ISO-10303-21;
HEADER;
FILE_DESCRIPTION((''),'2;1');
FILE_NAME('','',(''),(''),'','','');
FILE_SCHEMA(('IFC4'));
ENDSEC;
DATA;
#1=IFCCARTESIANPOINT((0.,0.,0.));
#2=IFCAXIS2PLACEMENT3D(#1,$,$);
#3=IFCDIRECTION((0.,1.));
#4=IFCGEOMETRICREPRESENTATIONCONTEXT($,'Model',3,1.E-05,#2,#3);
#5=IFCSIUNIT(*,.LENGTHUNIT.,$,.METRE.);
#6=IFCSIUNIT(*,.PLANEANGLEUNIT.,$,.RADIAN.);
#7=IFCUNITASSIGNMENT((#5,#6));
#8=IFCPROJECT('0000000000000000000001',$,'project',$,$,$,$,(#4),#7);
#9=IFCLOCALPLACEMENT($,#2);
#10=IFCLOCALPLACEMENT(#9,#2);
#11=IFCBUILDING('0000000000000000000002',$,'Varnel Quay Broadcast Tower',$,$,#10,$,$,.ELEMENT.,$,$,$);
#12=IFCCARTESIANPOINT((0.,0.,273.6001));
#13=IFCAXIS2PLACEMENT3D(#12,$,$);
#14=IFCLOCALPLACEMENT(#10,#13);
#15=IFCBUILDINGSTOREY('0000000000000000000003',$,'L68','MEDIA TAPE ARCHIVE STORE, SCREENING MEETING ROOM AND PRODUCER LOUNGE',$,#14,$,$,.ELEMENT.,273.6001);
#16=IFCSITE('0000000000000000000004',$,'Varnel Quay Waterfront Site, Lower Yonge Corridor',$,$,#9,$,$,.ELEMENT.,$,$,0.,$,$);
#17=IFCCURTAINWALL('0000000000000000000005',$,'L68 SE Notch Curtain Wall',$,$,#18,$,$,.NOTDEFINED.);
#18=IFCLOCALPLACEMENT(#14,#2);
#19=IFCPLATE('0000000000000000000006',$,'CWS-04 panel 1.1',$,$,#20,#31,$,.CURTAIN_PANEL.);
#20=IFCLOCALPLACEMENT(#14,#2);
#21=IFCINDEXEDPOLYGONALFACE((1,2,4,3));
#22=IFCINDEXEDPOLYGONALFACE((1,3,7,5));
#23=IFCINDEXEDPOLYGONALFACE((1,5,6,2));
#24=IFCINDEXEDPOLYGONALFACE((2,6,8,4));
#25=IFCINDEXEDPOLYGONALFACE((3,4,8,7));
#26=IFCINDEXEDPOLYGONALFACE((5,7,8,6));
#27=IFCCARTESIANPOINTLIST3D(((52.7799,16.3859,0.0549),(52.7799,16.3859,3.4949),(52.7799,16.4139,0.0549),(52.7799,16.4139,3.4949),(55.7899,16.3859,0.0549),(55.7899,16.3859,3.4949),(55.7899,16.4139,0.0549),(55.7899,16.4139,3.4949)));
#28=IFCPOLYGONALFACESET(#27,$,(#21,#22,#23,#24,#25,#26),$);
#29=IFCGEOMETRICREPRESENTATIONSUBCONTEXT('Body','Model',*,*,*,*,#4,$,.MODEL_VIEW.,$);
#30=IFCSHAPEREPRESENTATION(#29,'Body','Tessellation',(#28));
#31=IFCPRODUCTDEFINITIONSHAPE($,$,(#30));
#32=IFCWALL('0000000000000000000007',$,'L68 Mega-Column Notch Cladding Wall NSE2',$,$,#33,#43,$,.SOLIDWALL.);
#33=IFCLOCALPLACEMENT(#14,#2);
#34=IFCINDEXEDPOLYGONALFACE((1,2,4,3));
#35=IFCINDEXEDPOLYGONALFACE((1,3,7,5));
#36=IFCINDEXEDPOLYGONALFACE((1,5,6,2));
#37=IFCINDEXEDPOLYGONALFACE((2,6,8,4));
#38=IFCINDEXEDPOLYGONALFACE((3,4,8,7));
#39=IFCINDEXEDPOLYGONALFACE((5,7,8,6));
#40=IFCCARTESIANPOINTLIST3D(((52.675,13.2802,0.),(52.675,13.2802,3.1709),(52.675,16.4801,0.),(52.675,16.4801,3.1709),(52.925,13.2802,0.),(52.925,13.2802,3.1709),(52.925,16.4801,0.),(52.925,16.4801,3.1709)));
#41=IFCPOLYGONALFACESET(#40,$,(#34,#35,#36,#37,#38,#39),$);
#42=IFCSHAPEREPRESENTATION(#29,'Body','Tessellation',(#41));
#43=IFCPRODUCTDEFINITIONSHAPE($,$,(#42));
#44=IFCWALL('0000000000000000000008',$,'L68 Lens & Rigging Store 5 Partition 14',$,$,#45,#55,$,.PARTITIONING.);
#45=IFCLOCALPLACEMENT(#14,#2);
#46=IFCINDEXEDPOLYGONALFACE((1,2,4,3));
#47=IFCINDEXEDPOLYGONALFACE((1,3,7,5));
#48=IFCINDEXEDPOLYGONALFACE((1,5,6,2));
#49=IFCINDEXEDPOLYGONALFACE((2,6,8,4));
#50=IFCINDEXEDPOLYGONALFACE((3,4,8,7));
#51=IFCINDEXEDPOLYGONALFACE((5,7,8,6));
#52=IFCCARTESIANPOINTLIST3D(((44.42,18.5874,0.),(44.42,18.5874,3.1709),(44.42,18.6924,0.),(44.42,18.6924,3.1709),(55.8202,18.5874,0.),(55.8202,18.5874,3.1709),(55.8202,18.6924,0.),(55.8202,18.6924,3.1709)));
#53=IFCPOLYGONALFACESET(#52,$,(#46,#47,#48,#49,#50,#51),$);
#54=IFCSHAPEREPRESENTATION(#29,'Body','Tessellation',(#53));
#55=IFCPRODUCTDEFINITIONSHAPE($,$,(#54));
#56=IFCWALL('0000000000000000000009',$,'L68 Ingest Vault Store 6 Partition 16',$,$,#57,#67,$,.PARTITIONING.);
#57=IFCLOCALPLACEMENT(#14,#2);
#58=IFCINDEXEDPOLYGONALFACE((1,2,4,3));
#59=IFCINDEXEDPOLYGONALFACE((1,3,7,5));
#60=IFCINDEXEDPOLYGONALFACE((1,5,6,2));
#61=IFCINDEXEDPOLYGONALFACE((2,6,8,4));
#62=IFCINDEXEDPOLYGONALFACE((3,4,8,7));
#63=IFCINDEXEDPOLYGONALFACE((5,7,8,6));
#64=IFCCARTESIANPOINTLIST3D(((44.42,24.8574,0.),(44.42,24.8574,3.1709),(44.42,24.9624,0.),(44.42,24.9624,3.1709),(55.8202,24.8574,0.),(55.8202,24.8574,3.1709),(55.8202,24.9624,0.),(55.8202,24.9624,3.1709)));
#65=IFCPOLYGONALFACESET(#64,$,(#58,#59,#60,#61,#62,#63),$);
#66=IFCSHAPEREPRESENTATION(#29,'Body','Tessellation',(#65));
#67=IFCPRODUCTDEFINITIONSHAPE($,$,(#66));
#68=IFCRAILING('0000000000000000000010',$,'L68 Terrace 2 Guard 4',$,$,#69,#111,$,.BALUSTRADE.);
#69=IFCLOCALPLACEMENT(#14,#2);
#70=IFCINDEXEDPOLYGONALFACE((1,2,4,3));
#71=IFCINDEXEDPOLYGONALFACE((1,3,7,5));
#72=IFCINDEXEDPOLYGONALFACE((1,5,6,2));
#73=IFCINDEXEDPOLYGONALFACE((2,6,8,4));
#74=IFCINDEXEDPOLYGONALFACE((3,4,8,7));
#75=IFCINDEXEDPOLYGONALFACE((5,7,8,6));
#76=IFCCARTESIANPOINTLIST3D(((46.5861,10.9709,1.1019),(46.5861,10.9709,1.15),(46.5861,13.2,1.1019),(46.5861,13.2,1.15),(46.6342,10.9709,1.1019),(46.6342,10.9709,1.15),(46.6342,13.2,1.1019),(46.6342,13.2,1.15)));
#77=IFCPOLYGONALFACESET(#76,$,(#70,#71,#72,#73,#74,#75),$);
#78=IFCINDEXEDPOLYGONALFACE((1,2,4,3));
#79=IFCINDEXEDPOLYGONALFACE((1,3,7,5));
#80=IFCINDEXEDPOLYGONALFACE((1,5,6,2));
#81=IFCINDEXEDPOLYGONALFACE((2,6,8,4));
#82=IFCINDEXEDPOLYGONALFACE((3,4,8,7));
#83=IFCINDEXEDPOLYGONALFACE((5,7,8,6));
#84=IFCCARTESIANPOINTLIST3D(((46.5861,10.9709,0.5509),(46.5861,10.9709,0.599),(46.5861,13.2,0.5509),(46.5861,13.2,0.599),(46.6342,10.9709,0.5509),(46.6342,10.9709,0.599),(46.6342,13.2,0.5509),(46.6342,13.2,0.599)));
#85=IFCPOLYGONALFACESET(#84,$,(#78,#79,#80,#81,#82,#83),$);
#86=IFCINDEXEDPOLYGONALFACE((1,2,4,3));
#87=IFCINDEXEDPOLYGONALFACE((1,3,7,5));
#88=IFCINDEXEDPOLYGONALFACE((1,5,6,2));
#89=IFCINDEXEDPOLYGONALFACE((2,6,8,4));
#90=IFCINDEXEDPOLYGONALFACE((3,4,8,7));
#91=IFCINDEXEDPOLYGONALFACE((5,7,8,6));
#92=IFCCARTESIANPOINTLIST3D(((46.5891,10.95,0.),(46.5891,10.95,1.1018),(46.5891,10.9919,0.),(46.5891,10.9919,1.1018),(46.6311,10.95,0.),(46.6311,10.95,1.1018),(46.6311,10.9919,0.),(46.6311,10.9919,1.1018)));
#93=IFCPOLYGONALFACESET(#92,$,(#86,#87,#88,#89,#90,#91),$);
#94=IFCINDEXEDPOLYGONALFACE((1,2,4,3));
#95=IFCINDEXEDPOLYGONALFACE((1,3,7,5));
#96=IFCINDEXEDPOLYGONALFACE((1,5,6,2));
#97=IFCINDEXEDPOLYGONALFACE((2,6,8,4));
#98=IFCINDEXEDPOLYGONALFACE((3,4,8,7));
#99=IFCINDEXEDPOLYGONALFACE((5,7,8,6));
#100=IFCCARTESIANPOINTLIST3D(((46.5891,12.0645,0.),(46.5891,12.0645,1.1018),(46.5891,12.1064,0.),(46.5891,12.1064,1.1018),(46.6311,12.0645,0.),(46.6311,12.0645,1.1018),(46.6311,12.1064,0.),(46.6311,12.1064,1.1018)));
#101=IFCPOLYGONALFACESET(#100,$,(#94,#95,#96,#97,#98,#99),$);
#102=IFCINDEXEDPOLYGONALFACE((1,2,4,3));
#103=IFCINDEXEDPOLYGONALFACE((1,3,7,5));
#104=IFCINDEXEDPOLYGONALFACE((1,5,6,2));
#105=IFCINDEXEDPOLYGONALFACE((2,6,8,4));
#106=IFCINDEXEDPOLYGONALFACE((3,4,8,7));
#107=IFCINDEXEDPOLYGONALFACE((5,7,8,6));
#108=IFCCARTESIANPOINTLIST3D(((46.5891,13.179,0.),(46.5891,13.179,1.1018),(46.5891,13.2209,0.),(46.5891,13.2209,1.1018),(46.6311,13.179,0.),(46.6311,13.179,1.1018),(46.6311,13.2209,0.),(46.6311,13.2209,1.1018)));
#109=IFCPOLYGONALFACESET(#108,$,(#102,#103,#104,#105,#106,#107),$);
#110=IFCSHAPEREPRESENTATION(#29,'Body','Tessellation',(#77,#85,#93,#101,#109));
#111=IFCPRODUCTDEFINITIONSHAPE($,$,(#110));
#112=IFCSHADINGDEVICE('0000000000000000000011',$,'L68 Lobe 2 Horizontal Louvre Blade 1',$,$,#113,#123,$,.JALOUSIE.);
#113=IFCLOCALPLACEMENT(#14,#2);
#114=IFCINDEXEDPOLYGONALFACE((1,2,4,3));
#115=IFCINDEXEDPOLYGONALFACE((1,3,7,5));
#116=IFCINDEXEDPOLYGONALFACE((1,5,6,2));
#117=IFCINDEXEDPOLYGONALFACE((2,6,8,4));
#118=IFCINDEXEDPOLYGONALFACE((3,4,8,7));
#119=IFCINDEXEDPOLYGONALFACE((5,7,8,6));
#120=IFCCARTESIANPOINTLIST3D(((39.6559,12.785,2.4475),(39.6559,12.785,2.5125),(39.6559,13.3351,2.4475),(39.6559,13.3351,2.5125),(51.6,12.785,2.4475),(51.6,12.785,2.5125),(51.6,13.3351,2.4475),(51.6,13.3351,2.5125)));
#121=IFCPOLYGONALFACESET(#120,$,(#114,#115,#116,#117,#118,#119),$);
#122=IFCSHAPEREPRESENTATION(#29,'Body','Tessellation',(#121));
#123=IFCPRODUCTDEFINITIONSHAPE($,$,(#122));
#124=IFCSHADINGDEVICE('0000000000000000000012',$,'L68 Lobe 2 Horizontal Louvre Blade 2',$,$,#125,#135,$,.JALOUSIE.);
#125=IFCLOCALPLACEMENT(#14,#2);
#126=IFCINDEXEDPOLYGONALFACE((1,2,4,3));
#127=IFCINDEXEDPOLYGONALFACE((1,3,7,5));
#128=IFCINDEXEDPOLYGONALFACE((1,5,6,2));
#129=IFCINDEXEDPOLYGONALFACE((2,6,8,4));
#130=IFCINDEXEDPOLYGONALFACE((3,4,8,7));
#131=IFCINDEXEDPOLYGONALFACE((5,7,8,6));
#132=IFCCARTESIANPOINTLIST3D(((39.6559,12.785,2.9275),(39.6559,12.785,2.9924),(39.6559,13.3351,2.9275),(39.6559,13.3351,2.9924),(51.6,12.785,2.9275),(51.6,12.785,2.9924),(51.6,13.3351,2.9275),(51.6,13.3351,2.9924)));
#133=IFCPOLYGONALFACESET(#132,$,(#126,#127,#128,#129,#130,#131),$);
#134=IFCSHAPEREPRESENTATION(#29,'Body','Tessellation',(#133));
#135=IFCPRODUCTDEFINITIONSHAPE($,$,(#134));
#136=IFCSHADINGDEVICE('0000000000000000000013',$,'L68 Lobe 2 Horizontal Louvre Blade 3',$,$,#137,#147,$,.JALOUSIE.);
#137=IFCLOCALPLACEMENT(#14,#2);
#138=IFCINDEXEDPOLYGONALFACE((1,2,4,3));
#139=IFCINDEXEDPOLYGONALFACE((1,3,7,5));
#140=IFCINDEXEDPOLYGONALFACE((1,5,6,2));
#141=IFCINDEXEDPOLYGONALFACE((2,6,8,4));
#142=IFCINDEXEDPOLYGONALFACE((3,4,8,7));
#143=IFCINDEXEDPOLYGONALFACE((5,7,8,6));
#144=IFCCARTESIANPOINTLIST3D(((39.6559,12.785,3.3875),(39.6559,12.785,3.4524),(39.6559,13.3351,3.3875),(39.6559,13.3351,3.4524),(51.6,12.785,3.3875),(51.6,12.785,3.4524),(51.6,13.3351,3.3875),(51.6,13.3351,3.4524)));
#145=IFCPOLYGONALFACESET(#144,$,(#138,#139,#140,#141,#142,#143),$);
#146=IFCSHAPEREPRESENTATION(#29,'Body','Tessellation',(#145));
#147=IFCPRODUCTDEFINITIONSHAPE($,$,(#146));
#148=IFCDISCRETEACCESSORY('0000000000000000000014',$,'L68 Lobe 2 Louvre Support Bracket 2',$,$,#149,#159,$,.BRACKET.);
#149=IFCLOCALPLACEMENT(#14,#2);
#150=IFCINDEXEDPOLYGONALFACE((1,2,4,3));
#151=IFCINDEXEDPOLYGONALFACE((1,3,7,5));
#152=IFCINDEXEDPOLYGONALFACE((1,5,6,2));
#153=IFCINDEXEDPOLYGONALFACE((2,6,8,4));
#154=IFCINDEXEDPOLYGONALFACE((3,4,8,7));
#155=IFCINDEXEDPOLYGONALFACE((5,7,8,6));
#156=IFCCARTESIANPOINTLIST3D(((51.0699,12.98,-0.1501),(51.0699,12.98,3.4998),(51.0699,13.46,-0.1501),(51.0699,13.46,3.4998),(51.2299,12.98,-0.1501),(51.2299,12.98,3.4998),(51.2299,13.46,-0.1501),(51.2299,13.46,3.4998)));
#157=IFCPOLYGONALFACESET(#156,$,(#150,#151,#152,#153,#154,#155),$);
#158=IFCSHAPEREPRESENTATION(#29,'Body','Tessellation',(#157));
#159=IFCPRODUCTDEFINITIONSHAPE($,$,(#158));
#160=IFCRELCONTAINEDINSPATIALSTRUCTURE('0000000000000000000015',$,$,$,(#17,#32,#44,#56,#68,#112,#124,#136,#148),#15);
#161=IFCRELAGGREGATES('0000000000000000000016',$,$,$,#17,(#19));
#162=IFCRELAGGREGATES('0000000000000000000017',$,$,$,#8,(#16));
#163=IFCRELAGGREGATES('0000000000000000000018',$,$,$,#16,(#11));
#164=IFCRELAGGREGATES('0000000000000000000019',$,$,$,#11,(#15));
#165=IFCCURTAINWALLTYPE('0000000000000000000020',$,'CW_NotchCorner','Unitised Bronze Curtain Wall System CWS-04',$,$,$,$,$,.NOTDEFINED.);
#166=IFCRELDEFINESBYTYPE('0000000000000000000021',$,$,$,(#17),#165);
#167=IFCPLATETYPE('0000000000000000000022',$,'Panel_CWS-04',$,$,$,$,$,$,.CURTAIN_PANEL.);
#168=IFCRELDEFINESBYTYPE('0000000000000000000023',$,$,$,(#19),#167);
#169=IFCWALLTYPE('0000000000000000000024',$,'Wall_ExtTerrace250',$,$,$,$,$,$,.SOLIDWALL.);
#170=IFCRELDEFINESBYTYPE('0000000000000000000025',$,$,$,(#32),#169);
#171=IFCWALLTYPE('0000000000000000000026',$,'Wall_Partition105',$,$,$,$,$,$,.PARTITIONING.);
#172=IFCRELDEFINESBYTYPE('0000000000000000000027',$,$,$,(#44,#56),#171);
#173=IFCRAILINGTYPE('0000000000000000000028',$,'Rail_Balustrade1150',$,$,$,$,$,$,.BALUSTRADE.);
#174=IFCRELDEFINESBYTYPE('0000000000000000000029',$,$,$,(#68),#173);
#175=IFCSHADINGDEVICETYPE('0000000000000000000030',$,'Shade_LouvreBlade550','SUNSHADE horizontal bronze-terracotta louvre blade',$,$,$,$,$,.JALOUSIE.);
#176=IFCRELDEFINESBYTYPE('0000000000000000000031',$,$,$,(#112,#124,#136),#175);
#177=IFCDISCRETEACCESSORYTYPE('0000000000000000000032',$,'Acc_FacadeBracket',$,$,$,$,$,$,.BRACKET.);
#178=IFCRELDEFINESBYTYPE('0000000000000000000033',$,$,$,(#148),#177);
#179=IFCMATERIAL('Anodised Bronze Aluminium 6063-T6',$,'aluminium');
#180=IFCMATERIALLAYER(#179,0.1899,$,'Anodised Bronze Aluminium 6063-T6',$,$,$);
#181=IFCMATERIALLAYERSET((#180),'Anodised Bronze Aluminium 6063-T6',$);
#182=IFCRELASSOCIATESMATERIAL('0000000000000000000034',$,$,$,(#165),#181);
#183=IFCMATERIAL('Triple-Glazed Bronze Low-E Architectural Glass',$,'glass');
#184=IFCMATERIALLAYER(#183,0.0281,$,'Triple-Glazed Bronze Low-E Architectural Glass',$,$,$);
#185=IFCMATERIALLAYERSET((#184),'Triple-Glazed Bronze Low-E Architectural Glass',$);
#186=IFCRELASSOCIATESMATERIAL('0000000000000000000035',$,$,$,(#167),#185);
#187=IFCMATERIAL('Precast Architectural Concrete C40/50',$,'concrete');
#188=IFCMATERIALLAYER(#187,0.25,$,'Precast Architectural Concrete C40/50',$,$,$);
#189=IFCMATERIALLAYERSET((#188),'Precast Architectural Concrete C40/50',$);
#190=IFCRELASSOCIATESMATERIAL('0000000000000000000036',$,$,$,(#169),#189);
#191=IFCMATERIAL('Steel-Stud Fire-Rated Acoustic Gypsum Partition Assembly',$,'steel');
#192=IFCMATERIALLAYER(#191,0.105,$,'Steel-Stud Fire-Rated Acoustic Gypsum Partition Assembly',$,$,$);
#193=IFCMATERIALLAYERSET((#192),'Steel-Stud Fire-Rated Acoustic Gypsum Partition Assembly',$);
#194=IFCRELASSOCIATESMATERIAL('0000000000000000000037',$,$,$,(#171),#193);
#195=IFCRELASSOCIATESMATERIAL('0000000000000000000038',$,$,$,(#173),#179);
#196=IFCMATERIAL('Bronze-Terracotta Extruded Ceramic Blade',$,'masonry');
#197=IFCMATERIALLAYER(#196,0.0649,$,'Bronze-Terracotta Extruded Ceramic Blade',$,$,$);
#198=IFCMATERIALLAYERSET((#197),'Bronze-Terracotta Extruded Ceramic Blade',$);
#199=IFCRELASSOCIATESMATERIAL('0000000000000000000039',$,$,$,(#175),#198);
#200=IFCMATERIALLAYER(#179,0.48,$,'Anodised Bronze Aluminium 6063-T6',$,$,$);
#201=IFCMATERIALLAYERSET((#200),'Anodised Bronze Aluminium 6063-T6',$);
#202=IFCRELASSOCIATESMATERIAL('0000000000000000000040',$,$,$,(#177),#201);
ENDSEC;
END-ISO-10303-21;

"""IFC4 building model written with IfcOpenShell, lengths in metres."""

from ifc_helpers import new_model, si_unit, direction, frame, frame_2d, origin, origin_2d, place, context, subcontext, project, spatial, rectangle, extrude, source, transform, mapped, material, layer, layer_set, type_object, type_shapes, element, aggregate, save


model = new_model("IFC4")

# Units and contexts
model_context = context("Model", 3, precision=1e-05, world=origin(), true_north=direction((0.0, 1.0)))
body_context = subcontext(model_context, "Body", "Model", "MODEL_VIEW")
ifc_project = project(units=[si_unit("LENGTHUNIT", "METRE"), si_unit("PLANEANGLEUNIT", "RADIAN")], contexts=[model_context])

# Site, building, storey
site_placement = place(None, origin())
site = spatial("IfcSite", under=ifc_project, at=site_placement, Name="Varnel Quay Waterfront Site, Lower Yonge Corridor", CompositionType="ELEMENT", RefElevation=0.0)
building_placement = place(site_placement, origin())
building = spatial("IfcBuilding", under=site, at=building_placement, Name="Varnel Quay Broadcast Tower", CompositionType="ELEMENT")
storey_placement = place(building_placement, frame((0.0, 0.0, 273.6001)))
storey = spatial("IfcBuildingStorey", under=building, at=storey_placement, Name="L68", Description="MEDIA TAPE ARCHIVE STORE, SCREENING MEETING ROOM AND PRODUCER LOUNGE", CompositionType="ELEMENT", Elevation=273.6001)

# Curtain wall
ifc_material_1 = material(Name="Anodised Bronze Aluminium 6063-T6", Category="aluminium")
ifc_layer_1 = layer(ifc_material_1, 0.1899, Name="Anodised Bronze Aluminium 6063-T6")
ifc_layer_set_1 = layer_set([ifc_layer_1], Name="Anodised Bronze Aluminium 6063-T6")
curtain_wall_type_1 = type_object("IfcCurtainWallType", Name="CW_NotchCorner", Description="Unitised Bronze Curtain Wall System CWS-04", PredefinedType="NOTDEFINED", material=ifc_layer_set_1)
curtain_wall_1_placement = place(storey_placement, origin())
curtain_wall_1 = element("IfcCurtainWall", 1, at=curtain_wall_1_placement, inside=storey, type_object=curtain_wall_type_1, Name="L68 SE Notch Curtain Wall", PredefinedType="NOTDEFINED")

# Plate
ifc_material_2 = material(Name="Triple-Glazed Bronze Low-E Architectural Glass", Category="glass")
ifc_layer_2 = layer(ifc_material_2, 0.0281, Name="Triple-Glazed Bronze Low-E Architectural Glass")
ifc_layer_set_2 = layer_set([ifc_layer_2], Name="Triple-Glazed Bronze Low-E Architectural Glass")
plate_type_1 = type_object("IfcPlateType", Name="Panel_CWS-04", PredefinedType="CURTAIN_PANEL", material=ifc_layer_set_2)
shared_shape_1 = source(origin(), body_context, "Body", "SweptSolid", [
    extrude(rectangle(XDim=3.01, YDim=0.0281, at=origin_2d()), origin(), (0.0, 0.0, 1.0), 3.4399),
])
type_shapes(plate_type_1, [shared_shape_1])
plate_1_placement = place(storey_placement, frame((54.2849, 16.3999, 0.0549), z_axis=(0.0, 0.0, 1.0), x_axis=(1.0, 0.0, 0.0)))
plate_1 = element("IfcPlate", 2, at=plate_1_placement, type_object=plate_type_1, Name="CWS-04 panel 1.1", PredefinedType="CURTAIN_PANEL", context=body_context, shape_type="MappedRepresentation", body=[
    mapped(shared_shape_1, transform((0.0, 0.0, 0.0), x_axis=(1.0, 0.0, 0.0), y_axis=(0.0, 1.0, 0.0), z_axis=(0.0, 0.0, 1.0), scale=1.0)),
])
aggregate(curtain_wall_1, [plate_1])

# Walls
ifc_material_3 = material(Name="Precast Architectural Concrete C40/50", Category="concrete")
ifc_layer_3 = layer(ifc_material_3, 0.25, Name="Precast Architectural Concrete C40/50")
ifc_layer_set_3 = layer_set([ifc_layer_3], Name="Precast Architectural Concrete C40/50")
wall_type_1 = type_object("IfcWallType", Name="Wall_ExtTerrace250", PredefinedType="SOLIDWALL", material=ifc_layer_set_3)
wall_placement = place(storey_placement, frame((52.8, 13.28, 0.0), z_axis=(0.0, 0.0, 1.0), x_axis=(0.0, 1.0, 0.0)))
element("IfcWall", 3, at=wall_placement, inside=storey, type_object=wall_type_1, Name="L68 Mega-Column Notch Cladding Wall NSE2", PredefinedType="SOLIDWALL", context=body_context, shape_type="SweptSolid", body=[
    extrude(rectangle(XDim=3.2, YDim=0.25, at=frame_2d((1.6001, 0.0))), origin(), (0.0, 0.0, 1.0), 3.1709),
])
ifc_material_4 = material(Name="Steel-Stud Fire-Rated Acoustic Gypsum Partition Assembly", Category="steel")
ifc_layer_4 = layer(ifc_material_4, 0.105, Name="Steel-Stud Fire-Rated Acoustic Gypsum Partition Assembly")
ifc_layer_set_4 = layer_set([ifc_layer_4], Name="Steel-Stud Fire-Rated Acoustic Gypsum Partition Assembly")
wall_type_2 = type_object("IfcWallType", Name="Wall_Partition105", PredefinedType="PARTITIONING", material=ifc_layer_set_4)
for number, where, z_axis, x_axis, name in (
    (4, (44.4199, 18.6399, 0.0), (0.0, 0.0, 1.0), (1.0, 0.0, 0.0), "L68 Lens & Rigging Store 5 Partition 14"),
    (5, (44.4199, 24.9099, 0.0), (0.0, 0.0, 1.0), (1.0, 0.0, 0.0), "L68 Ingest Vault Store 6 Partition 16"),
):
    element("IfcWall", number, at=place(storey_placement, frame(where, z_axis=z_axis, x_axis=x_axis)), inside=storey, type_object=wall_type_2, Name=name, PredefinedType="PARTITIONING", context=body_context, shape_type="SweptSolid", body=[
        extrude(rectangle(XDim=11.4001, YDim=0.105, at=frame_2d((5.7002, 0.0))), origin(), (0.0, 0.0, 1.0), 3.1709),
    ])

# Railing
railing_type = type_object("IfcRailingType", Name="Rail_Balustrade1150", PredefinedType="BALUSTRADE", material=ifc_material_1)
railing_placement = place(storey_placement, frame((46.6101, 10.9709, 0.0)))
element("IfcRailing", 6, at=railing_placement, inside=storey, type_object=railing_type, Name="L68 Terrace 2 Guard 4", PredefinedType="BALUSTRADE", context=body_context, shape_type="SweptSolid", body=[
    extrude(rectangle(XDim=0.0481, YDim=0.0481, at=origin_2d()), frame((0.0, 0.0, 1.126), z_axis=(0.0, 1.0, 0.0), x_axis=(-1.0, 0.0, 0.0)), (0.0, 0.0, 1.0), 2.229),
    extrude(rectangle(XDim=0.0481, YDim=0.0481, at=origin_2d()), frame((0.0, 0.0, 0.575), z_axis=(0.0, 1.0, 0.0), x_axis=(-1.0, 0.0, 0.0)), (0.0, 0.0, 1.0), 2.229),
    extrude(rectangle(XDim=0.042, YDim=0.042, at=origin_2d()), origin(), (0.0, 0.0, 1.0), 1.1018),
    extrude(rectangle(XDim=0.042, YDim=0.042, at=origin_2d()), frame((0.0, 1.1145, 0.0)), (0.0, 0.0, 1.0), 1.1018),
    extrude(rectangle(XDim=0.042, YDim=0.042, at=origin_2d()), frame((0.0, 2.229, 0.0)), (0.0, 0.0, 1.0), 1.1018),
])

# Shading devices
ifc_material_5 = material(Name="Bronze-Terracotta Extruded Ceramic Blade", Category="masonry")
ifc_layer_5 = layer(ifc_material_5, 0.0649, Name="Bronze-Terracotta Extruded Ceramic Blade")
ifc_layer_set_5 = layer_set([ifc_layer_5], Name="Bronze-Terracotta Extruded Ceramic Blade")
shading_device_type = type_object("IfcShadingDeviceType", Name="Shade_LouvreBlade550", Description="SUNSHADE horizontal bronze-terracotta louvre blade", PredefinedType="JALOUSIE", material=ifc_layer_set_5)
shared_shape_2 = source(origin(), body_context, "Body", "SweptSolid", [
    extrude(rectangle(XDim=11.9441, YDim=0.55, at=origin_2d()), origin(), (0.0, 0.0, 1.0), 0.0649),
])
type_shapes(shading_device_type, [shared_shape_2])
for number, where, z_axis, x_axis, name in (
    (7, (45.6279, 13.0601, 2.4475), (0.0, 0.0, 1.0), (1.0, 0.0, 0.0), "L68 Lobe 2 Horizontal Louvre Blade 1"),
    (8, (45.6279, 13.0601, 2.9275), (0.0, 0.0, 1.0), (1.0, 0.0, 0.0), "L68 Lobe 2 Horizontal Louvre Blade 2"),
    (9, (45.6279, 13.0601, 3.3875), (0.0, 0.0, 1.0), (1.0, 0.0, 0.0), "L68 Lobe 2 Horizontal Louvre Blade 3"),
):
    element("IfcShadingDevice", number, at=place(storey_placement, frame(where, z_axis=z_axis, x_axis=x_axis)), inside=storey, type_object=shading_device_type, Name=name, PredefinedType="JALOUSIE", context=body_context, shape_type="MappedRepresentation", body=[
        mapped(shared_shape_2, transform((0.0, 0.0, 0.0), x_axis=(1.0, 0.0, 0.0), y_axis=(0.0, 1.0, 0.0), z_axis=(0.0, 0.0, 1.0), scale=1.0)),
    ])

# Discrete accessory
ifc_layer_6 = layer(ifc_material_1, 0.48, Name="Anodised Bronze Aluminium 6063-T6")
ifc_layer_set_6 = layer_set([ifc_layer_6], Name="Anodised Bronze Aluminium 6063-T6")
discrete_accessory_type = type_object("IfcDiscreteAccessoryType", Name="Acc_FacadeBracket", PredefinedType="BRACKET", material=ifc_layer_set_6)
shared_shape_3 = source(origin(), body_context, "Body", "SweptSolid", [
    extrude(rectangle(XDim=0.1599, YDim=0.48, at=origin_2d()), origin(), (0.0, 0.0, 1.0), 3.6499),
])
type_shapes(discrete_accessory_type, [shared_shape_3])
discrete_accessory_placement = place(storey_placement, frame((51.1499, 13.22, -0.1501), z_axis=(0.0, 0.0, 1.0), x_axis=(1.0, 0.0, 0.0)))
element("IfcDiscreteAccessory", 10, at=discrete_accessory_placement, inside=storey, type_object=discrete_accessory_type, Name="L68 Lobe 2 Louvre Support Bracket 2", PredefinedType="BRACKET", context=body_context, shape_type="MappedRepresentation", body=[
    mapped(shared_shape_3, transform((0.0, 0.0, 0.0), x_axis=(1.0, 0.0, 0.0), y_axis=(0.0, 1.0, 0.0), z_axis=(0.0, 0.0, 1.0), scale=1.0)),
])

save(model, "model.ifc")
